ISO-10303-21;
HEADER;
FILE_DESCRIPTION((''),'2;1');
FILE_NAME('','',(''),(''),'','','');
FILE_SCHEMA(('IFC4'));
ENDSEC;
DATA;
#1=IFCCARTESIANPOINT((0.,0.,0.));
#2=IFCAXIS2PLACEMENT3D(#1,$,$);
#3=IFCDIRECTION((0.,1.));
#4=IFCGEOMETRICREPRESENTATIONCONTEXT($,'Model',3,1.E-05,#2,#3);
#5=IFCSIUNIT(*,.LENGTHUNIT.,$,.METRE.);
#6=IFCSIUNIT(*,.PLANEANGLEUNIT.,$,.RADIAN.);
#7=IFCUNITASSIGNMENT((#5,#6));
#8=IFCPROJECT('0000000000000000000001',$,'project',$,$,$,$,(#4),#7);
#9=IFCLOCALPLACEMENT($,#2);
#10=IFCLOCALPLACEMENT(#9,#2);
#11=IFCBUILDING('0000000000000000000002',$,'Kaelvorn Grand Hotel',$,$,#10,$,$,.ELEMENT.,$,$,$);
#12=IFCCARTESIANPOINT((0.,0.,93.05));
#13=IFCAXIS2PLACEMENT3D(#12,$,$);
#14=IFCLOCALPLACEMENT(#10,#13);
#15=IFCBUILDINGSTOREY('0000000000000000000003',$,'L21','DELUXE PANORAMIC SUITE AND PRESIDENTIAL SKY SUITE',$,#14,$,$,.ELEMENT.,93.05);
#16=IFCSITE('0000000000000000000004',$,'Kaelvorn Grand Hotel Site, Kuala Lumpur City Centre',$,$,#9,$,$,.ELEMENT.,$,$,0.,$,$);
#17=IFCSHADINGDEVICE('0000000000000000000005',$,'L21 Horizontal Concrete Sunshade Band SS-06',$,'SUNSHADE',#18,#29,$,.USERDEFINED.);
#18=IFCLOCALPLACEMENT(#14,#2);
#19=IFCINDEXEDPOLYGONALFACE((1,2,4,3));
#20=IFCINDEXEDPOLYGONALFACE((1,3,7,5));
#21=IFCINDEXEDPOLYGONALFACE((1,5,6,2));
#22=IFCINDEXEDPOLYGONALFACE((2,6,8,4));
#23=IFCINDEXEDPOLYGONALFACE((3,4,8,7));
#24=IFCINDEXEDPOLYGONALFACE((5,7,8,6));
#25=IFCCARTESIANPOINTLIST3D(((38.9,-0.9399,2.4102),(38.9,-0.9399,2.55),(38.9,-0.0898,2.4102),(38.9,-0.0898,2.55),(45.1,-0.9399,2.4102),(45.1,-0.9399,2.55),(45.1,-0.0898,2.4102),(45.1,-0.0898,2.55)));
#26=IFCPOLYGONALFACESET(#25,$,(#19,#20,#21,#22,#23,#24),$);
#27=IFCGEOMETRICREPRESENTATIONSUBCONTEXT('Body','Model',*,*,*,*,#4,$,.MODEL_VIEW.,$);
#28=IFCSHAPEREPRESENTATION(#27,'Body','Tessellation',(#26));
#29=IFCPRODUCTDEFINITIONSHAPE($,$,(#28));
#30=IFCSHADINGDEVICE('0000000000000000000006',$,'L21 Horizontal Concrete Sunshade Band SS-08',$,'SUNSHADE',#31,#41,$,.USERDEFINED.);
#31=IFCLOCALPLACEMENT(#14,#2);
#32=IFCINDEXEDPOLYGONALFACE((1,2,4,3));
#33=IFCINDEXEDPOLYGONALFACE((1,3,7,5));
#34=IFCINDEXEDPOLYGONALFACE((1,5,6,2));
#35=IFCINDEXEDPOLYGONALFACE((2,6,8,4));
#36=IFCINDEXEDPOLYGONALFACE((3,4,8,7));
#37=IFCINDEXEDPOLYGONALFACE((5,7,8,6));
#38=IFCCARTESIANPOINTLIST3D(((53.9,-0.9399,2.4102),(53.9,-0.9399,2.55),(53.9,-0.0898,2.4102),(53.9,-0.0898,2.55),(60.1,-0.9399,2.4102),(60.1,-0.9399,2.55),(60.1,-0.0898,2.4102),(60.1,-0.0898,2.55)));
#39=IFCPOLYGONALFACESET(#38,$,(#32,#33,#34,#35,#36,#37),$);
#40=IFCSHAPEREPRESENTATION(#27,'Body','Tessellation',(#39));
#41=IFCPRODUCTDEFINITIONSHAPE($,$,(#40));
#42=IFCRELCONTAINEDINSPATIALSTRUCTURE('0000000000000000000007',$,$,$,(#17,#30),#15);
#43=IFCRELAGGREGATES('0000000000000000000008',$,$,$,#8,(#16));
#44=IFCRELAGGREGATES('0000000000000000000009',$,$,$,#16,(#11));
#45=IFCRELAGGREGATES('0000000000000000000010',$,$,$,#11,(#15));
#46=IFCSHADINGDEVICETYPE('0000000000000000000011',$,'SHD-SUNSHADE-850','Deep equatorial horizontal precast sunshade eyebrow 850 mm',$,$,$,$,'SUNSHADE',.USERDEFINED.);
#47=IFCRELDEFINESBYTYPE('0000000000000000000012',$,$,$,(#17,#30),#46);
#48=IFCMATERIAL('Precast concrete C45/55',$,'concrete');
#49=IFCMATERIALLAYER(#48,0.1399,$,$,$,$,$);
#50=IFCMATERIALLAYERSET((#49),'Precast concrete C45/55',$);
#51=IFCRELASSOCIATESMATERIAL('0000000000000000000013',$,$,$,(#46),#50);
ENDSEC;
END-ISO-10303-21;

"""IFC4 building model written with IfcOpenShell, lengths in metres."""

from ifc_helpers import new_model, si_unit, direction, frame, origin, origin_2d, place, context, subcontext, project, spatial, rectangle, extrude, material, layer, layer_set, type_object, element, save


model = new_model("IFC4")

# Units and contexts
model_context = context("Model", 3, precision=1e-05, world=origin(), true_north=direction((0.0, 1.0)))
body_context = subcontext(model_context, "Body", "Model", "MODEL_VIEW")
ifc_project = project(units=[si_unit("LENGTHUNIT", "METRE"), si_unit("PLANEANGLEUNIT", "RADIAN")], contexts=[model_context])

# Site, building, storey
site_placement = place(None, origin())
site = spatial("IfcSite", under=ifc_project, at=site_placement, Name="Kaelvorn Grand Hotel Site, Kuala Lumpur City Centre", CompositionType="ELEMENT", RefElevation=0.0)
building_placement = place(site_placement, origin())
building = spatial("IfcBuilding", under=site, at=building_placement, Name="Kaelvorn Grand Hotel", CompositionType="ELEMENT")
storey_placement = place(building_placement, frame((0.0, 0.0, 93.05)))
storey = spatial("IfcBuildingStorey", under=building, at=storey_placement, Name="L21", Description="DELUXE PANORAMIC SUITE AND PRESIDENTIAL SKY SUITE", CompositionType="ELEMENT", Elevation=93.05)

# Shading devices
ifc_material_1 = material(Name="Precast concrete C45/55", Category="concrete")
ifc_layer_1 = layer(ifc_material_1, 0.1399)
ifc_layer_set_1 = layer_set([ifc_layer_1], Name="Precast concrete C45/55")
shading_device_type_1 = type_object("IfcShadingDeviceType", Name="SHD-SUNSHADE-850", Description="Deep equatorial horizontal precast sunshade eyebrow 850 mm", ElementType="SUNSHADE", PredefinedType="USERDEFINED", material=ifc_layer_set_1)
for number, where, z_axis, x_axis, name in (
    (1, (42.0, -0.5149, 2.4102), (0.0, 0.0, 1.0), (1.0, 0.0, 0.0), "L21 Horizontal Concrete Sunshade Band SS-06"),
    (2, (57.0, -0.5149, 2.4102), (0.0, 0.0, 1.0), (1.0, 0.0, 0.0), "L21 Horizontal Concrete Sunshade Band SS-08"),
):
    element("IfcShadingDevice", number, at=place(storey_placement, frame(where, z_axis=z_axis, x_axis=x_axis)), inside=storey, type_object=shading_device_type_1, Name=name, ObjectType="SUNSHADE", PredefinedType="USERDEFINED", context=body_context, shape_type="SweptSolid", body=[
        extrude(rectangle(XDim=6.2, YDim=0.8501, at=origin_2d()), origin(), (0.0, 0.0, 1.0), 0.1399),
    ])

save(model, "model.ifc")
